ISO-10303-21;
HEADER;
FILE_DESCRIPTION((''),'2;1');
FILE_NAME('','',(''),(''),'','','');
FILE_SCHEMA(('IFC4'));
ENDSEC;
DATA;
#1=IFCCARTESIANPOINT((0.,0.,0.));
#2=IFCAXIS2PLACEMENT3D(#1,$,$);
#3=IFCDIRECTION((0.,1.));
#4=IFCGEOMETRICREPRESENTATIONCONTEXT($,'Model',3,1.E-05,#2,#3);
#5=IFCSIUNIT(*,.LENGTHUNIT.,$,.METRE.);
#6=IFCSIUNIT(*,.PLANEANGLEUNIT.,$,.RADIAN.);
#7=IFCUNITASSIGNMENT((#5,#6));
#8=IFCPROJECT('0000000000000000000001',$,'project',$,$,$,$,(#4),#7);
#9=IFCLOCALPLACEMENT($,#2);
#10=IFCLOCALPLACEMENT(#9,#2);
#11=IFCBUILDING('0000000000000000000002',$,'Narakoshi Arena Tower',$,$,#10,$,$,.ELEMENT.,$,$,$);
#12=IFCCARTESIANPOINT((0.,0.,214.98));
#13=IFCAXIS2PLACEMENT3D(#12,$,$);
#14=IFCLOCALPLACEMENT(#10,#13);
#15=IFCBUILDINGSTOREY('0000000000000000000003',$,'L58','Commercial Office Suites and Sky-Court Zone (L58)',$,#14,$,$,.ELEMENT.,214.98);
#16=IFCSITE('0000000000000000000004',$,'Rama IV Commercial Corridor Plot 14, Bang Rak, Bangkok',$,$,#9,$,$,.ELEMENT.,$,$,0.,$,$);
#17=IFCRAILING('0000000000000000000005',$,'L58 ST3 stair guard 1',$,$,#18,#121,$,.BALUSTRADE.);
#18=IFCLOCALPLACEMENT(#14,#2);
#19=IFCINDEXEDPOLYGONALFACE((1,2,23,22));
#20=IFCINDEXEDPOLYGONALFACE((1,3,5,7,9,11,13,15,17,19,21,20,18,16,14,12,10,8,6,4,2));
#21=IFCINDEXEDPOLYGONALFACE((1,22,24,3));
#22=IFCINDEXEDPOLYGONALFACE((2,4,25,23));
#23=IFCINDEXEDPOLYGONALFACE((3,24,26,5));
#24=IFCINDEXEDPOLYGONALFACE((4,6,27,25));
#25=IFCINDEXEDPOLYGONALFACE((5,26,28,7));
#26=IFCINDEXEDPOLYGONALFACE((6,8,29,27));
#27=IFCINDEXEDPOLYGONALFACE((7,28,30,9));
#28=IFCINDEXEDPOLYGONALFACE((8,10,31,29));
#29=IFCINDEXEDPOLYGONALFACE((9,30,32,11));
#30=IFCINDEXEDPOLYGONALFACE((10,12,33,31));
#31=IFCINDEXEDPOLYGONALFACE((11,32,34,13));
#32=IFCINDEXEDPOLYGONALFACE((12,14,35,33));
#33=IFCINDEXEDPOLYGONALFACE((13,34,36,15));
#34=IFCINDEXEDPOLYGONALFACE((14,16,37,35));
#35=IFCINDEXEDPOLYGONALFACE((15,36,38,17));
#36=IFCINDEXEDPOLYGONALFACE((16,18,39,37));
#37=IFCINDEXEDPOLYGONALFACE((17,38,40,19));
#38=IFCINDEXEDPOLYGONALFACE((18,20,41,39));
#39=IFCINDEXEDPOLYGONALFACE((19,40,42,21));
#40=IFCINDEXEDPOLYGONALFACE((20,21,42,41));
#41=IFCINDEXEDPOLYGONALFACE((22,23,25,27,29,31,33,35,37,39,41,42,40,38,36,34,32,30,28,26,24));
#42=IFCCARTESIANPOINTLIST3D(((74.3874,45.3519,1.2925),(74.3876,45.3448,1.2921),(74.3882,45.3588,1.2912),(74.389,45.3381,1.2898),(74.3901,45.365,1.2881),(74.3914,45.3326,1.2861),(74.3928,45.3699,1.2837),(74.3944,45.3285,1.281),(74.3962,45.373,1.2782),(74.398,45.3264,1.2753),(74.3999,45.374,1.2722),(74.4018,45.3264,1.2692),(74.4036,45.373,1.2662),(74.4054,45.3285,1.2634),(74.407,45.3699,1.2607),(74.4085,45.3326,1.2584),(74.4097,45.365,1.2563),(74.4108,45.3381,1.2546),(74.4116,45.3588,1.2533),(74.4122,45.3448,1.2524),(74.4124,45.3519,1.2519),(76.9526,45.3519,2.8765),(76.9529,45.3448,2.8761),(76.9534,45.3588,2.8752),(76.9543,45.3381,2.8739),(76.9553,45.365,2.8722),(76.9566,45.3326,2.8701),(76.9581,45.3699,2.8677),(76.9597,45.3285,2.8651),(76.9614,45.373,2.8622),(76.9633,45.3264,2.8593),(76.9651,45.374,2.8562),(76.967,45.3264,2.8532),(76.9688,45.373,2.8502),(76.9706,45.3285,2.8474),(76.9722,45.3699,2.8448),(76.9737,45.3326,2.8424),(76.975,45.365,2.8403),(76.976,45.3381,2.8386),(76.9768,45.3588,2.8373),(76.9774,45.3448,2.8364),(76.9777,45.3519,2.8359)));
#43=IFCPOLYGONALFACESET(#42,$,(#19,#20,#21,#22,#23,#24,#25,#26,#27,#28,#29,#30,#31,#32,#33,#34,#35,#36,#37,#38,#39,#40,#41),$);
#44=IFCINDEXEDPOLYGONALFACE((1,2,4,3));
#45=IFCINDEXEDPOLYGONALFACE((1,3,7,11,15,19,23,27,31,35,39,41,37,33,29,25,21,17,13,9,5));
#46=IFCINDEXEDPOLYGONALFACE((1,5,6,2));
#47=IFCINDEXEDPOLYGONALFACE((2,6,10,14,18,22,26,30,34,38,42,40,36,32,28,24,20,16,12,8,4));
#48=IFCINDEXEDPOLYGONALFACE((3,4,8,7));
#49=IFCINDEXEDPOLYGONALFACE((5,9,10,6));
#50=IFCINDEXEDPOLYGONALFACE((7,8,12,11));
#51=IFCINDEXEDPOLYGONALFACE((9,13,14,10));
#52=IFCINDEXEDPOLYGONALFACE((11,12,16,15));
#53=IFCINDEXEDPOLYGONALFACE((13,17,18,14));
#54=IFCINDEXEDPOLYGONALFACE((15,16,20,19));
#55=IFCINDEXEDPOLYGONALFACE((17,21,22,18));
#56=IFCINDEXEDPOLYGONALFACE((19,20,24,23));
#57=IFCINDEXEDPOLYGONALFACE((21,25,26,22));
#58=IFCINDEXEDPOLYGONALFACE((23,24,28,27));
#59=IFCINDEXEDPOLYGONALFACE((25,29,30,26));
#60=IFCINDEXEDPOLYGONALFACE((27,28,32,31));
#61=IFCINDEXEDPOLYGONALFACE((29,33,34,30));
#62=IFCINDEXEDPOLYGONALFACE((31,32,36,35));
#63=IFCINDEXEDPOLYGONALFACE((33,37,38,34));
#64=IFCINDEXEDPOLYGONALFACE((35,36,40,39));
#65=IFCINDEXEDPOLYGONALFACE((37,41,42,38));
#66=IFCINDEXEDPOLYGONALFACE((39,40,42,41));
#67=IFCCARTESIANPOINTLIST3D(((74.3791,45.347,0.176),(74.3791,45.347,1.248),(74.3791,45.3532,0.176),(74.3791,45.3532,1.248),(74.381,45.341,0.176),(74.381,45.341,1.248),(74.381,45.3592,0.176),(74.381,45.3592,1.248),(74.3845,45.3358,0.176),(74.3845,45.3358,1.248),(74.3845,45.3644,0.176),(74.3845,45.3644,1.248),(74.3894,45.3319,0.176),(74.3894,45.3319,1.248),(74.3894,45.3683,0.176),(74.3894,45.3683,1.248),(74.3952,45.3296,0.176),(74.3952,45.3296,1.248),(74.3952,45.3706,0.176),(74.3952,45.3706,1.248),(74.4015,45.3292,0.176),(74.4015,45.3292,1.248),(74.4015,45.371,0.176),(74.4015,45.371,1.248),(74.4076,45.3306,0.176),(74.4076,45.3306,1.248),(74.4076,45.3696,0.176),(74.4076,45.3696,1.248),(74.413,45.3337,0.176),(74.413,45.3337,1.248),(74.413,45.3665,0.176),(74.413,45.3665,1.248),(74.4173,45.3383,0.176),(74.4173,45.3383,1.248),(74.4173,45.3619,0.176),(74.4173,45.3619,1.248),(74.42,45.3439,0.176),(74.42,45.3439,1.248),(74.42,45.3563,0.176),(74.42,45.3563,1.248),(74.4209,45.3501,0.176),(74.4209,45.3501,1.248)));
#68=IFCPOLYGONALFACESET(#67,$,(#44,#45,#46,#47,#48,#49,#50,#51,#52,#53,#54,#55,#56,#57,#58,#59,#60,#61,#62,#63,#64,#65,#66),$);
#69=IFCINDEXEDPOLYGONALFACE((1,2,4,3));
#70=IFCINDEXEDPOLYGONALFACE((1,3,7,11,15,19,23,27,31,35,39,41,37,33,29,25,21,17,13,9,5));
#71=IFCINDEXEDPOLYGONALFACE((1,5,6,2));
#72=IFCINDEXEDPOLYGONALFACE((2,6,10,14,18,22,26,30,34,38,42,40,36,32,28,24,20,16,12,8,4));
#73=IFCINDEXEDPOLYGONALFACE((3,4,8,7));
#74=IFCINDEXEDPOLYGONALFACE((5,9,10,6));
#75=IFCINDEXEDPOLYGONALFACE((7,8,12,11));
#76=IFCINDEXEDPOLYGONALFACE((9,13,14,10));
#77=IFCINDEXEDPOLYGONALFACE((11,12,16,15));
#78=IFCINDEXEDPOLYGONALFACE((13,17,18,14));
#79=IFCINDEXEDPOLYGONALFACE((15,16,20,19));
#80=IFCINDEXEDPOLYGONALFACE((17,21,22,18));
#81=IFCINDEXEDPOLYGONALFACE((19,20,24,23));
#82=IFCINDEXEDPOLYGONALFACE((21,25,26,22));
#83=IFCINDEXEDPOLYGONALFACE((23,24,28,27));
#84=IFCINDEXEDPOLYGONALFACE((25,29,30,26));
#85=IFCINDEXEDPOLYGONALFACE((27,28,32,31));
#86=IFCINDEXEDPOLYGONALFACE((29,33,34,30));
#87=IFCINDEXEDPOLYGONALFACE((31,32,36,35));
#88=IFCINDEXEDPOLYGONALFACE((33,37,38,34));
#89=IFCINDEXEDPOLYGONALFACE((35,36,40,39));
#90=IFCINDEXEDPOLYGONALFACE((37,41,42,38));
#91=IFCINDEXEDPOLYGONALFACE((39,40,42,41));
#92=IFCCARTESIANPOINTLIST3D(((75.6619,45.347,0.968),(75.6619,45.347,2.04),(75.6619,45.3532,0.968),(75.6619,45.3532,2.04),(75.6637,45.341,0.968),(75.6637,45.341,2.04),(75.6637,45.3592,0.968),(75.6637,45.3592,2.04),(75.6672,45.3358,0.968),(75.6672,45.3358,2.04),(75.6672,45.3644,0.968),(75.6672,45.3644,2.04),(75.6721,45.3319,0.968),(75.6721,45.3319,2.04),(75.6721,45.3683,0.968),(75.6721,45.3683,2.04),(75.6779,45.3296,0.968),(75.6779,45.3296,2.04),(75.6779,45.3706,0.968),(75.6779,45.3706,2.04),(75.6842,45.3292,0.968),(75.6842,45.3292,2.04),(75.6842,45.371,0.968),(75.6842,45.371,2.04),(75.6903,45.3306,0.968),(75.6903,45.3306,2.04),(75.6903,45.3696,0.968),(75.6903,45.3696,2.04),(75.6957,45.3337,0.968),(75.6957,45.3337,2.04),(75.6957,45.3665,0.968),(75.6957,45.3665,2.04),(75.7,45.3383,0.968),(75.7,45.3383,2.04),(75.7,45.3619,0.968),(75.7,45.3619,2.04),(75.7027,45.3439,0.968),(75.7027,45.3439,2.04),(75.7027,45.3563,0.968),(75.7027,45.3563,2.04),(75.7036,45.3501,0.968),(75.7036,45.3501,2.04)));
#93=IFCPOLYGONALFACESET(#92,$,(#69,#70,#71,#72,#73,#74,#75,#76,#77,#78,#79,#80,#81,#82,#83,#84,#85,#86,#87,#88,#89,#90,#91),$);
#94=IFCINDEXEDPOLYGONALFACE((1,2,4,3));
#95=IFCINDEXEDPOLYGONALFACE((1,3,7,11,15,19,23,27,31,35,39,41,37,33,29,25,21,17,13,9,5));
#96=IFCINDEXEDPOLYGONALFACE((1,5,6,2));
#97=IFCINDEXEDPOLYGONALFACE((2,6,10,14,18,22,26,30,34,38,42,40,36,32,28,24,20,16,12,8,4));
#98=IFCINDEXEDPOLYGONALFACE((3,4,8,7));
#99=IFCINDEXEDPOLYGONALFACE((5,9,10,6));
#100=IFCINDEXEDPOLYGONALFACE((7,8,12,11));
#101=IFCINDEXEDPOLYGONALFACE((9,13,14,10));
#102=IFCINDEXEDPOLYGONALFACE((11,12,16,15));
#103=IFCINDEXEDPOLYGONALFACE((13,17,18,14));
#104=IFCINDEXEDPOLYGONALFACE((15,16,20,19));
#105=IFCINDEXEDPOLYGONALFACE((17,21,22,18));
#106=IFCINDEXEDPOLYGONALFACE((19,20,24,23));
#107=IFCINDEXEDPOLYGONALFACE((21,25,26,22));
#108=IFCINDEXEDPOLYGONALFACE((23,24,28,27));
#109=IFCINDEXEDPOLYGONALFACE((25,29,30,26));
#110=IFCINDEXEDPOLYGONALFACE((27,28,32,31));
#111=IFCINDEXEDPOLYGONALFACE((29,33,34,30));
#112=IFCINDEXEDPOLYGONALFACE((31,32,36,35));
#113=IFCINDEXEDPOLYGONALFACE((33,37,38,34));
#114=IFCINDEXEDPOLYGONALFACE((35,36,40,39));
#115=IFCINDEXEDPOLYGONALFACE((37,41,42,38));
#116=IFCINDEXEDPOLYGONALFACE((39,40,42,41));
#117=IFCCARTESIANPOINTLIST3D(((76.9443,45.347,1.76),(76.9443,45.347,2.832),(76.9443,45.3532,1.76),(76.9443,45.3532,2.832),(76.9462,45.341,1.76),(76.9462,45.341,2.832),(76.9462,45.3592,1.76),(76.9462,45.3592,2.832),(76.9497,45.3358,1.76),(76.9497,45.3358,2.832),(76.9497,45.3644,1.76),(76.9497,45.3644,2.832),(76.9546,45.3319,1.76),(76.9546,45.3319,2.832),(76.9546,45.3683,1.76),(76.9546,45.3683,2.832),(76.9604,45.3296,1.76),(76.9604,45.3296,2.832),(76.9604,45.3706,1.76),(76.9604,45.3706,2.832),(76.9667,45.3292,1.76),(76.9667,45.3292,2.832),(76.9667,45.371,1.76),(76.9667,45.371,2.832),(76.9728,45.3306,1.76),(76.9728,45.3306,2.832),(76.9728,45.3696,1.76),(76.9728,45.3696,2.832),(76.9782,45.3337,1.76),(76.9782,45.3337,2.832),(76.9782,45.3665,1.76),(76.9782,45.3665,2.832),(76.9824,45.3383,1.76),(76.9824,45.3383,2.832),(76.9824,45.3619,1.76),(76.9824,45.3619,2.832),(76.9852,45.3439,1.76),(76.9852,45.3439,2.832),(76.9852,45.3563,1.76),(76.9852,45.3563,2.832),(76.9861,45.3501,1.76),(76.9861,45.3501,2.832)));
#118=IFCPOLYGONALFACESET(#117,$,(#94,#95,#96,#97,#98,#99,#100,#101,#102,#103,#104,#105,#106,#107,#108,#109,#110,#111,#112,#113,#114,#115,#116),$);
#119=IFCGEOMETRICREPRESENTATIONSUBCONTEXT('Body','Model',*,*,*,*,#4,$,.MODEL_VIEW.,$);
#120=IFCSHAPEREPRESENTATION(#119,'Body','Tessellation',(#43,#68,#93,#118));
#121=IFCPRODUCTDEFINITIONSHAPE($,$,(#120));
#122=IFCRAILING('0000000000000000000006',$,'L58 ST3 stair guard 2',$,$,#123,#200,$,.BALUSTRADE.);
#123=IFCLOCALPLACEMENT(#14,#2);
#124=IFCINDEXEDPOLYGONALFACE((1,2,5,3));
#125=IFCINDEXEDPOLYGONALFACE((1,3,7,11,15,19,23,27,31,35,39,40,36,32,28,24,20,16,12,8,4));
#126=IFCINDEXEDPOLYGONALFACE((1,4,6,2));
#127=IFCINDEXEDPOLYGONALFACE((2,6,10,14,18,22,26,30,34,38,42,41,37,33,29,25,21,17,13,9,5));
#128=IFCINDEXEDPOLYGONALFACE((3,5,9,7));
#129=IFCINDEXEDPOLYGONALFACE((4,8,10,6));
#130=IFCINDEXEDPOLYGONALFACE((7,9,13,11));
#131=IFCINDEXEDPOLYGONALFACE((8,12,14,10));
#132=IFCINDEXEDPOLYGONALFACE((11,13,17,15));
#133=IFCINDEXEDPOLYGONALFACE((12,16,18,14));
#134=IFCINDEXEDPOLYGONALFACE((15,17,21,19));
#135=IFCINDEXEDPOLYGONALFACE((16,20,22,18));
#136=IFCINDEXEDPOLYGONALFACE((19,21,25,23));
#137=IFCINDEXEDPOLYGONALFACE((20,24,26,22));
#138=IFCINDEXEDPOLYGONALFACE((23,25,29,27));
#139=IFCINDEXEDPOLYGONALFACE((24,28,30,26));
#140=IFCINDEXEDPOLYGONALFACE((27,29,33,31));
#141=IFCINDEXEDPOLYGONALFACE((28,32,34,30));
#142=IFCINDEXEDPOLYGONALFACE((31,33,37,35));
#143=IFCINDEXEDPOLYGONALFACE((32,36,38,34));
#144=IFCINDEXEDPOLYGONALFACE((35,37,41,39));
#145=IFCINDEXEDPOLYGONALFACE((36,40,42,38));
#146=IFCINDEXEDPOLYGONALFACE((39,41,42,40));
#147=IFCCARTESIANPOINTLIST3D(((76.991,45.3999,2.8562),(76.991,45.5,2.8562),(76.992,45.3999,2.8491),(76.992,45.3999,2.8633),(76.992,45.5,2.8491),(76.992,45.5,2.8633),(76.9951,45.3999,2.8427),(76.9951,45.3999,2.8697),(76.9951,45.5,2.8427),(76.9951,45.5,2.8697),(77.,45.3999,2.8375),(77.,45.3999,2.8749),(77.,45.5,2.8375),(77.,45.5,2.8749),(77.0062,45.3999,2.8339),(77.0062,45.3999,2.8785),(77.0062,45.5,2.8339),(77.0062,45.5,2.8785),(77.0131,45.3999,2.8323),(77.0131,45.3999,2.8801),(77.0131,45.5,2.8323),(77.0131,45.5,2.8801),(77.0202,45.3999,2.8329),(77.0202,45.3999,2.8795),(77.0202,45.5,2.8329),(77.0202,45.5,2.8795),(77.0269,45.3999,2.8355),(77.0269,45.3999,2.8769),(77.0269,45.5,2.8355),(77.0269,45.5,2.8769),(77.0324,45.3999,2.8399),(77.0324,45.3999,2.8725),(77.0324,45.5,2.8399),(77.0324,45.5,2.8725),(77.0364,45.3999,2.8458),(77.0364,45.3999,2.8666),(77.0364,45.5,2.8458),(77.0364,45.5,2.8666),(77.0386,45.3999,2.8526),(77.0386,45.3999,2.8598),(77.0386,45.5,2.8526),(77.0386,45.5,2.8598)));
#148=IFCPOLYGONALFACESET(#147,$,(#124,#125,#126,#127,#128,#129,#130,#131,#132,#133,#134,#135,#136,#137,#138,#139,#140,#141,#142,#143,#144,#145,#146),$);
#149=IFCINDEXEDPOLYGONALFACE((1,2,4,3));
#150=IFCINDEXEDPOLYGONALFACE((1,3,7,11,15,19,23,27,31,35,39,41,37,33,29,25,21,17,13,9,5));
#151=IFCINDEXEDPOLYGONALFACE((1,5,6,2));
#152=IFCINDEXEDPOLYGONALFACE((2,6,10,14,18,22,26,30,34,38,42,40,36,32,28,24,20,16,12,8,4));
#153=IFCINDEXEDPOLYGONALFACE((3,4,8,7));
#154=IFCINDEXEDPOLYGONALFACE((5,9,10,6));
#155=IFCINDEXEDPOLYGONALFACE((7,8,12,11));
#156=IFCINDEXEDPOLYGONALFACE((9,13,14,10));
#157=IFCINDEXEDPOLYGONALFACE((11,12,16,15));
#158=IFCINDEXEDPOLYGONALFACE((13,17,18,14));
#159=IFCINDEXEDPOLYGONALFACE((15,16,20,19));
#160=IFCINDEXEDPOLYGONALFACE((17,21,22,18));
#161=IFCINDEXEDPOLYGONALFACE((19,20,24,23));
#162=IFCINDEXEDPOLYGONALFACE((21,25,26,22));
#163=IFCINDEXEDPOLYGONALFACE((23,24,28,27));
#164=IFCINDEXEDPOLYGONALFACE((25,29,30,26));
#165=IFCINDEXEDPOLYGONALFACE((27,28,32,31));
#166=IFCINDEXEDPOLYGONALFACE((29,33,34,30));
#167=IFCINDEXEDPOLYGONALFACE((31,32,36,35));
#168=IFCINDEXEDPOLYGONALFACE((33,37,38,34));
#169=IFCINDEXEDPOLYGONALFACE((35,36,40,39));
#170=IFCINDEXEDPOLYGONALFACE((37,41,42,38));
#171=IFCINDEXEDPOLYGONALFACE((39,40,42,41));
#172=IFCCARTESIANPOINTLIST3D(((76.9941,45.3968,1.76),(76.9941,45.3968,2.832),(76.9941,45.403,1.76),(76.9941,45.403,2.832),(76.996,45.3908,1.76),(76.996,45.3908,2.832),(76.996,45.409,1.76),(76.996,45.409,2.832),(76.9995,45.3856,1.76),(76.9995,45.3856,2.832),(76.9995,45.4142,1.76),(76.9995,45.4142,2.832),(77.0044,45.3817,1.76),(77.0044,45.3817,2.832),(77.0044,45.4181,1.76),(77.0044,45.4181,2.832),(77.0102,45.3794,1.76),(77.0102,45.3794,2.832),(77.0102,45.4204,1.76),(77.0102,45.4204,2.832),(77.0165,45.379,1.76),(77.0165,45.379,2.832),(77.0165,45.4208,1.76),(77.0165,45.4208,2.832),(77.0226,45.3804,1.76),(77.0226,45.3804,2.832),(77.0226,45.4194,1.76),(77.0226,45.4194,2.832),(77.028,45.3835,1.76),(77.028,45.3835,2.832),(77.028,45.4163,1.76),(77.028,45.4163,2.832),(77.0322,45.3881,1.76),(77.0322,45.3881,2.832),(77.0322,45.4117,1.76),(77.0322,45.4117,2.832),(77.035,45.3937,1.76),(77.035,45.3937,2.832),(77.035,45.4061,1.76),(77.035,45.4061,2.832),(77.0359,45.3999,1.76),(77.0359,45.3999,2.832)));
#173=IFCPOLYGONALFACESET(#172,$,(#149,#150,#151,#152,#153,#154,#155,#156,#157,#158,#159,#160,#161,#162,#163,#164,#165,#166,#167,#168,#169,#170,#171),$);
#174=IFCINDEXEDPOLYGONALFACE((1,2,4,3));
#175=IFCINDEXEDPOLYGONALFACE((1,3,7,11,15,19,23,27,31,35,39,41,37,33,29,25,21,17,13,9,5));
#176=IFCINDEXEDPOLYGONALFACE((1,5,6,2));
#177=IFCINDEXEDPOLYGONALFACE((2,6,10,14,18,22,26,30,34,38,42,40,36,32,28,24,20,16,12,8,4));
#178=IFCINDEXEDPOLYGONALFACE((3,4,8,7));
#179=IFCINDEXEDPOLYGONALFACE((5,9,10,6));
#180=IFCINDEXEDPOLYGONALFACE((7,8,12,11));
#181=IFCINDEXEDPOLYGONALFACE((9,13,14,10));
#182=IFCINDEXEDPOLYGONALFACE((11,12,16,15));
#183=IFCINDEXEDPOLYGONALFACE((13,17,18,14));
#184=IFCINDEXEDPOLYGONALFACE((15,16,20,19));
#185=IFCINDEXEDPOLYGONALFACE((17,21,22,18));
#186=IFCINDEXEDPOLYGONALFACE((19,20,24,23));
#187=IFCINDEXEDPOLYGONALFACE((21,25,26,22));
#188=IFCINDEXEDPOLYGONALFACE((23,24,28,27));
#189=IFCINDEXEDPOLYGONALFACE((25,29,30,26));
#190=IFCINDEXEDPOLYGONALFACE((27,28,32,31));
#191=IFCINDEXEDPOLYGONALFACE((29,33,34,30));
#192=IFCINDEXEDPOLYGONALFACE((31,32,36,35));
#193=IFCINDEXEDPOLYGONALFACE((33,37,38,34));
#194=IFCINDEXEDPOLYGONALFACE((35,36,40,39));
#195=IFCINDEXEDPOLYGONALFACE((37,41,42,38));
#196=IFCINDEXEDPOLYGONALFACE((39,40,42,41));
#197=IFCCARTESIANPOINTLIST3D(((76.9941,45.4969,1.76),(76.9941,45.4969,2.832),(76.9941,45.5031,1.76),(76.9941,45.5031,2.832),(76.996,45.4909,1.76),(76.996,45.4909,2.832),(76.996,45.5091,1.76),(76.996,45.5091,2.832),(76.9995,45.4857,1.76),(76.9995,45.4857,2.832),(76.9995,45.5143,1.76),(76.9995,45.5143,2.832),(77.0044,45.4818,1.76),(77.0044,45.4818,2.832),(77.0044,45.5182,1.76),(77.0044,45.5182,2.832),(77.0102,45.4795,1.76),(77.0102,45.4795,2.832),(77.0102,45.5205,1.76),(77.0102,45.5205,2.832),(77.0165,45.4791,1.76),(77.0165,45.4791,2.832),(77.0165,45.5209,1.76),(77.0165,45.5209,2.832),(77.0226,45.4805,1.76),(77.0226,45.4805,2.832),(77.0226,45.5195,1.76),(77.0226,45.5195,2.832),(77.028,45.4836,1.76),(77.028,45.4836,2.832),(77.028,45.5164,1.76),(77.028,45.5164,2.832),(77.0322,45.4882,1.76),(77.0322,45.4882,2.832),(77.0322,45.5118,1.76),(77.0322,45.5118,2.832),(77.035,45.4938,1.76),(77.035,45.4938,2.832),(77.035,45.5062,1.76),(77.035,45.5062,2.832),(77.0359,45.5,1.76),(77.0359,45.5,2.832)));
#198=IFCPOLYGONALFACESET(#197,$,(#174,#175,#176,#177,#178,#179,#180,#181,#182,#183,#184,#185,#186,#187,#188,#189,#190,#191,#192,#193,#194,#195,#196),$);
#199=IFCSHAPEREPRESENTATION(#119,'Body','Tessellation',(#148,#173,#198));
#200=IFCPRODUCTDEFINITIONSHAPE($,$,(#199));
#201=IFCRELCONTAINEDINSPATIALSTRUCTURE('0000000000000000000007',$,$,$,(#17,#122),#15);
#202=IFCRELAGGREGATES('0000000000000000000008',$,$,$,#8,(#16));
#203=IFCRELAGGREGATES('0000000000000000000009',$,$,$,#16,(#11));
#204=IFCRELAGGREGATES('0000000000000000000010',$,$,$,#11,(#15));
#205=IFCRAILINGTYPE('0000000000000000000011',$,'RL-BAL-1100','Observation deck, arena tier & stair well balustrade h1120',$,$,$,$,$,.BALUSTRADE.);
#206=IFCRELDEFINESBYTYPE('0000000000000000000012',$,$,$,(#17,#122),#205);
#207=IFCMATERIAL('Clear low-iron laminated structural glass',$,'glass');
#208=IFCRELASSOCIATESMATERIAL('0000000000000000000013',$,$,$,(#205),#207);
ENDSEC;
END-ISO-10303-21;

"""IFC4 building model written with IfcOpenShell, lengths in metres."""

from ifc_helpers import new_model, si_unit, direction, frame, origin, origin_2d, place, context, subcontext, project, spatial, circle, extrude, material, type_object, element, save


model = new_model("IFC4")

# Units and contexts
model_context = context("Model", 3, precision=1e-05, world=origin(), true_north=direction((0.0, 1.0)))
body_context = subcontext(model_context, "Body", "Model", "MODEL_VIEW")
ifc_project = project(units=[si_unit("LENGTHUNIT", "METRE"), si_unit("PLANEANGLEUNIT", "RADIAN")], contexts=[model_context])

# Site, building, storey
site_placement = place(None, origin())
site = spatial("IfcSite", under=ifc_project, at=site_placement, Name="Rama IV Commercial Corridor Plot 14, Bang Rak, Bangkok", CompositionType="ELEMENT", RefElevation=0.0)
building_placement = place(site_placement, origin())
building = spatial("IfcBuilding", under=site, at=building_placement, Name="Narakoshi Arena Tower", CompositionType="ELEMENT")
storey_placement = place(building_placement, frame((0.0, 0.0, 214.98)))
storey = spatial("IfcBuildingStorey", under=building, at=storey_placement, Name="L58", Description="Commercial Office Suites and Sky-Court Zone (L58)", CompositionType="ELEMENT", Elevation=214.98)

# Railings
ifc_material_1 = material(Name="Clear low-iron laminated structural glass", Category="glass")
railing_type_1 = type_object("IfcRailingType", Name="RL-BAL-1100", Description="Observation deck, arena tier & stair well balustrade h1120", PredefinedType="BALUSTRADE", material=ifc_material_1)
railing_1_placement = place(storey_placement, frame((74.3999, 45.3501, 0.176)))
element("IfcRailing", 1, at=railing_1_placement, inside=storey, type_object=railing_type_1, Name="L58 ST3 stair guard 1", PredefinedType="BALUSTRADE", context=body_context, shape_type="SweptSolid", body=[
    extrude(circle(Radius=0.0239, at=origin_2d()), frame((0.0, 0.0, 1.0962), z_axis=(0.850857, 0.0, 0.525398), x_axis=(0.0, 1.0, 0.0)), (0.0, 0.0, 1.0), 3.0149),
    extrude(circle(Radius=0.021, at=origin_2d()), origin(), (0.0, 0.0, 1.0), 1.072),
    extrude(circle(Radius=0.021, at=origin_2d()), frame((1.2827, 0.0, 0.792)), (0.0, 0.0, 1.0), 1.072),
    extrude(circle(Radius=0.021, at=origin_2d()), frame((2.5652, 0.0, 1.584)), (0.0, 0.0, 1.0), 1.072),
])
railing_2_placement = place(storey_placement, frame((77.0149, 45.3999, 1.76)))
element("IfcRailing", 2, at=railing_2_placement, inside=storey, type_object=railing_type_1, Name="L58 ST3 stair guard 2", PredefinedType="BALUSTRADE", context=body_context, shape_type="SweptSolid", body=[
    extrude(circle(Radius=0.0239, at=origin_2d()), frame((0.0, 0.0, 1.0962), z_axis=(0.0, 1.0, 0.0), x_axis=(-1.0, 0.0, 0.0)), (0.0, 0.0, 1.0), 0.1001),
    extrude(circle(Radius=0.021, at=origin_2d()), origin(), (0.0, 0.0, 1.0), 1.072),
    extrude(circle(Radius=0.021, at=origin_2d()), frame((0.0, 0.1001, 0.0)), (0.0, 0.0, 1.0), 1.072),
])

save(model, "model.ifc")
